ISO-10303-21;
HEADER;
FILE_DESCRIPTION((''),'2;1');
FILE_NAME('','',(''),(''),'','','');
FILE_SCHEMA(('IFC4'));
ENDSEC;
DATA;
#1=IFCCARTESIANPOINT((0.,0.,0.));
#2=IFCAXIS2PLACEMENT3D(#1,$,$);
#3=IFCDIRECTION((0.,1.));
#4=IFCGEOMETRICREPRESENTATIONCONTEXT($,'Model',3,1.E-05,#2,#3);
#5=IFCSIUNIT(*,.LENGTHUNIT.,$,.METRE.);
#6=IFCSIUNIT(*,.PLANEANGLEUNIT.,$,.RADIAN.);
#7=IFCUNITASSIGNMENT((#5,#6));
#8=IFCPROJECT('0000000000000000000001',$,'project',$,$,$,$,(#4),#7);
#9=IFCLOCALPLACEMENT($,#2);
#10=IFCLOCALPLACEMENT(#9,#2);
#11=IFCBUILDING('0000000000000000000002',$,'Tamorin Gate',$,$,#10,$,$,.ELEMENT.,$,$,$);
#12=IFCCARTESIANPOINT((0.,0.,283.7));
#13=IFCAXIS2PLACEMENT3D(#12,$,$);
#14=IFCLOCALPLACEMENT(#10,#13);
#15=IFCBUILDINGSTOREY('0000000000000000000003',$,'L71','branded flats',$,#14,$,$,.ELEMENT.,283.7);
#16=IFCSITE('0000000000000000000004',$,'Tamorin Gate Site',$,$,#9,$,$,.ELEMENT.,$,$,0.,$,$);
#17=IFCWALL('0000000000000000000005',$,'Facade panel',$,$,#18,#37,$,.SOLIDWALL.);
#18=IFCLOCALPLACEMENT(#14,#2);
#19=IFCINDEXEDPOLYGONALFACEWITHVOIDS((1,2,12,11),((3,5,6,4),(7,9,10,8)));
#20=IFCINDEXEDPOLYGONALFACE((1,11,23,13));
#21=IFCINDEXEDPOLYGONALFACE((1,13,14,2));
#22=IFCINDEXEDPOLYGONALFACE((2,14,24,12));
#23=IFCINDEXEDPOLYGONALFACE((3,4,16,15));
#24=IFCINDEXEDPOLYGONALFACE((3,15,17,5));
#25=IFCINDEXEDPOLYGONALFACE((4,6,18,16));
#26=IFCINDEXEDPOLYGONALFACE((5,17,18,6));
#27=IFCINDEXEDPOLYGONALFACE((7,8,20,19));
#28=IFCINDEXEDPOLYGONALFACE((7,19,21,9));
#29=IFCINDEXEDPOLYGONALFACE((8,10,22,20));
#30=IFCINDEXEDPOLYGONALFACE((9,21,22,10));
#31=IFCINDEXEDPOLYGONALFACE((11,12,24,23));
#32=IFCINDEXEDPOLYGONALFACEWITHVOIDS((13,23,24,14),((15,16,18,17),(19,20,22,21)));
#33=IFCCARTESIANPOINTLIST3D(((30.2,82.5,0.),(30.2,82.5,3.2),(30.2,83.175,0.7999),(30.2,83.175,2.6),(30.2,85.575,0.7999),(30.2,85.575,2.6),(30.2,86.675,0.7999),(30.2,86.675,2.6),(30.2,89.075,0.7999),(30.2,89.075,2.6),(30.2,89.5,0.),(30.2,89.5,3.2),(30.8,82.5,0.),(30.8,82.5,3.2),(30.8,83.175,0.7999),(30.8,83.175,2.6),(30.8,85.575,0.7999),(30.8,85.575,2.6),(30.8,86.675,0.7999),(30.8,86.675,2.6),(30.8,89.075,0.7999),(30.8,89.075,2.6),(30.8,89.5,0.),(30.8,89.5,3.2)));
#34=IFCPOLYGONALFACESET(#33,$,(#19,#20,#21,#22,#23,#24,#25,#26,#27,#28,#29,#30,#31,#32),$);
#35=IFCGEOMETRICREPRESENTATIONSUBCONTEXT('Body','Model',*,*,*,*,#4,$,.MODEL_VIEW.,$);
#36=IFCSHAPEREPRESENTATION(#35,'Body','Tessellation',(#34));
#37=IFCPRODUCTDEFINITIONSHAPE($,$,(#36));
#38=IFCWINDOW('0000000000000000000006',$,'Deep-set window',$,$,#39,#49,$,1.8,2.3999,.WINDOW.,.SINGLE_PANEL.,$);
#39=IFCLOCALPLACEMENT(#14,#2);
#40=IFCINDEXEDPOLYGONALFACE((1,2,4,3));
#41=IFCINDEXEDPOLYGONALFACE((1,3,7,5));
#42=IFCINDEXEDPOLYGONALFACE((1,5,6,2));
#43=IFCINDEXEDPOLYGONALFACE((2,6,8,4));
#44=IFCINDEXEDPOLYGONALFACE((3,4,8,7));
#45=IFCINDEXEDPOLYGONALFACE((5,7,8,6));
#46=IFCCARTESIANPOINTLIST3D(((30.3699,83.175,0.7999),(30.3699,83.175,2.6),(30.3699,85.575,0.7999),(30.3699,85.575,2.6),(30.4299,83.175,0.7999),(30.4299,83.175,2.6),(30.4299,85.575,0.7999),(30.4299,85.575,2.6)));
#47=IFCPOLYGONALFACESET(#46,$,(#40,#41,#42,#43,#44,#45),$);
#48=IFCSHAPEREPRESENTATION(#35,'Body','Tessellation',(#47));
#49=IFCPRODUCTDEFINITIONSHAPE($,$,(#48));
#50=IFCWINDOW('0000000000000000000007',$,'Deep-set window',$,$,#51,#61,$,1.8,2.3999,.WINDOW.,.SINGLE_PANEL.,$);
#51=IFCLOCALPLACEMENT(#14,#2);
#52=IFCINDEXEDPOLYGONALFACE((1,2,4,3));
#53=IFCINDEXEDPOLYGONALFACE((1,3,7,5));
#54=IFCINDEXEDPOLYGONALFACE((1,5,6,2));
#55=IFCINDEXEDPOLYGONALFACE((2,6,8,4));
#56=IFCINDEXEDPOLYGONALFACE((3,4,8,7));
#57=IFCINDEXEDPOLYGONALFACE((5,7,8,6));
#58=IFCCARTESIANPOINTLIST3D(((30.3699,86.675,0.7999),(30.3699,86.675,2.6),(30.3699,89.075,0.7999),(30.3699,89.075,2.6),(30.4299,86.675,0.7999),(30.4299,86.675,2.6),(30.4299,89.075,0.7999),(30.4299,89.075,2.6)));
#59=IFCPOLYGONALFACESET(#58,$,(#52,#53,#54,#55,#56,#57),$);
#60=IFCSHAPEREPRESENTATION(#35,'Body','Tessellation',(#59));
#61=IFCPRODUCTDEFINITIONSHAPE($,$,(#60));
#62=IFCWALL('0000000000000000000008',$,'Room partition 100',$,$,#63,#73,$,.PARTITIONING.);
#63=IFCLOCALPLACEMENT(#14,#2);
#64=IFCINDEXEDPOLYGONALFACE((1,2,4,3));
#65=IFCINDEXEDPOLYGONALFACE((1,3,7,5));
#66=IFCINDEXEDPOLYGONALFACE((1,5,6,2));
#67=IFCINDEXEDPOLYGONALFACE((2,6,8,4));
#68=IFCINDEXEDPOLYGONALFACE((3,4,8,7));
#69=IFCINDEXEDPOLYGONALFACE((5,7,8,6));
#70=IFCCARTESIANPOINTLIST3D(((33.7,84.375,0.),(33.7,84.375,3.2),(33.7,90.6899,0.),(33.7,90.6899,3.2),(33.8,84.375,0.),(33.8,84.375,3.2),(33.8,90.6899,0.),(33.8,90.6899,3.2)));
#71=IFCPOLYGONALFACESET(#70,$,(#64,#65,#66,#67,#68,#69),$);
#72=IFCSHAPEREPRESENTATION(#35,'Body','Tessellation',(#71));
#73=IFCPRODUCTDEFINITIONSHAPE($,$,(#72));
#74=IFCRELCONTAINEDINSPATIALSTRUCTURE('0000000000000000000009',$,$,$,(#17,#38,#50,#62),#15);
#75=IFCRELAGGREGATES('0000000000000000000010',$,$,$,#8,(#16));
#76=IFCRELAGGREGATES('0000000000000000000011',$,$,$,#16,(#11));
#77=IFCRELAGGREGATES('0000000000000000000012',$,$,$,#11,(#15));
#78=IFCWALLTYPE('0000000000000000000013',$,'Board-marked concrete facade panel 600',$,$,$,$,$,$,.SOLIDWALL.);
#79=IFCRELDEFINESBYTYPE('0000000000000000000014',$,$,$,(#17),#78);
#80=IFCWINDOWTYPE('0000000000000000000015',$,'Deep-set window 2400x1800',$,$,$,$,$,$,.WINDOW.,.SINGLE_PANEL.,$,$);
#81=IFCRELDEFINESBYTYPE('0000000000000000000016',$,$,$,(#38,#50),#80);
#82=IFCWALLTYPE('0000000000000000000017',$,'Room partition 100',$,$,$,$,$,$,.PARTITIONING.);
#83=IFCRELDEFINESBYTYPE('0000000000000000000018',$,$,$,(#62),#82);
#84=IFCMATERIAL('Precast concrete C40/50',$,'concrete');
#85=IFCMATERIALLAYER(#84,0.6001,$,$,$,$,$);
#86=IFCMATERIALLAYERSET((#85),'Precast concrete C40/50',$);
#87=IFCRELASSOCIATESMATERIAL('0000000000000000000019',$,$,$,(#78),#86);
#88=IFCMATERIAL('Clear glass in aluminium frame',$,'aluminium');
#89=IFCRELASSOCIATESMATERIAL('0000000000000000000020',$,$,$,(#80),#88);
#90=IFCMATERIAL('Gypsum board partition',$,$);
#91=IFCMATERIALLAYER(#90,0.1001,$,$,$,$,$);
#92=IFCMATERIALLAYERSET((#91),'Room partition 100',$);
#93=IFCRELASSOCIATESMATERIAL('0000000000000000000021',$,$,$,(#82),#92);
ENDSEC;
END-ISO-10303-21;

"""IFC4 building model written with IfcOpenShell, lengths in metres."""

from ifc_helpers import new_model, si_unit, direction, frame, frame_2d, origin, place, context, subcontext, project, spatial, rectangle, extrude, material, layer, layer_set, type_object, element, fill, save


model = new_model("IFC4")

# Units and contexts
model_context = context("Model", 3, precision=1e-05, world=origin(), true_north=direction((0.0, 1.0)))
body_context = subcontext(model_context, "Body", "Model", "MODEL_VIEW")
ifc_project = project(units=[si_unit("LENGTHUNIT", "METRE"), si_unit("PLANEANGLEUNIT", "RADIAN")], contexts=[model_context])

# Site, building, storey
site_placement = place(None, origin())
site = spatial("IfcSite", under=ifc_project, at=site_placement, Name="Tamorin Gate Site", CompositionType="ELEMENT", RefElevation=0.0)
building_placement = place(site_placement, origin())
building = spatial("IfcBuilding", under=site, at=building_placement, Name="Tamorin Gate", CompositionType="ELEMENT")
storey_placement = place(building_placement, frame((0.0, 0.0, 283.7)))
storey = spatial("IfcBuildingStorey", under=building, at=storey_placement, Name="L71", Description="branded flats", CompositionType="ELEMENT", Elevation=283.7)

# Shared definitions
ifc_material_1 = material(Name="Precast concrete C40/50", Category="concrete")
ifc_layer_1 = layer(ifc_material_1, 0.6001)
ifc_layer_set_1 = layer_set([ifc_layer_1], Name="Precast concrete C40/50")
wall_type_1 = type_object("IfcWallType", Name="Board-marked concrete facade panel 600", PredefinedType="SOLIDWALL", material=ifc_layer_set_1)

# Shared definitions
ifc_material_2 = material(Name="Clear glass in aluminium frame", Category="aluminium")
window_type_1 = type_object("IfcWindowType", Name="Deep-set window 2400x1800", PartitioningType="SINGLE_PANEL", PredefinedType="WINDOW", material=ifc_material_2)

# Wall, openings, windows
wall_1_placement = place(storey_placement, frame((30.5, 89.5, 0.0), z_axis=(0.0, 0.0, 1.0), x_axis=(0.0, -1.0, 0.0)))
wall_1 = element("IfcWall", 1, at=wall_1_placement, inside=storey, type_object=wall_type_1, Name="Facade panel", PredefinedType="SOLIDWALL", context=body_context, shape_type="SweptSolid", body=[
    extrude(rectangle(XDim=7.0, YDim=0.6001, at=frame_2d((3.5, 0.0))), origin(), (0.0, 0.0, 1.0), 3.2),
])
opening_1_placement = place(wall_1_placement, frame((3.925, 0.0, 0.8)))
opening_1 = element("IfcOpeningElement", 2, at=opening_1_placement, cuts=wall_1, PredefinedType="OPENING", context=body_context, shape_type="SweptSolid", body=[
    extrude(rectangle(XDim=2.3999, YDim=1.8, at=frame_2d((1.2, 0.8999))), frame((0.0, 0.3101, 0.0), z_axis=(0.0, -1.0, 0.0), x_axis=(1.0, 0.0, 0.0)), (0.0, 0.0, 1.0), 0.6201),
])
opening_2_placement = place(wall_1_placement, frame((0.425, 0.0, 0.8)))
opening_2 = element("IfcOpeningElement", 3, at=opening_2_placement, cuts=wall_1, PredefinedType="OPENING", context=body_context, shape_type="SweptSolid", body=[
    extrude(rectangle(XDim=2.3999, YDim=1.8, at=frame_2d((1.2, 0.8999))), frame((0.0, 0.3101, 0.0), z_axis=(0.0, -1.0, 0.0), x_axis=(1.0, 0.0, 0.0)), (0.0, 0.0, 1.0), 0.6201),
])
window_1_placement = place(opening_1_placement, origin())
window_1 = element("IfcWindow", 4, at=window_1_placement, inside=storey, type_object=window_type_1, Name="Deep-set window", OverallHeight=1.8, OverallWidth=2.3999, PartitioningType="SINGLE_PANEL", PredefinedType="WINDOW", context=body_context, shape_type="SweptSolid", body=[
    extrude(rectangle(XDim=2.3999, YDim=1.8, at=frame_2d((1.2, 0.8999))), frame((0.0, -0.0701, 0.0), z_axis=(0.0, -1.0, 0.0), x_axis=(1.0, 0.0, 0.0)), (0.0, 0.0, 1.0), 0.0601),
])
fill(opening_1, window_1)
window_2_placement = place(opening_2_placement, origin())
window_2 = element("IfcWindow", 5, at=window_2_placement, inside=storey, type_object=window_type_1, Name="Deep-set window", OverallHeight=1.8, OverallWidth=2.3999, PartitioningType="SINGLE_PANEL", PredefinedType="WINDOW", context=body_context, shape_type="SweptSolid", body=[
    extrude(rectangle(XDim=2.3999, YDim=1.8, at=frame_2d((1.2, 0.8999))), frame((0.0, -0.0701, 0.0), z_axis=(0.0, -1.0, 0.0), x_axis=(1.0, 0.0, 0.0)), (0.0, 0.0, 1.0), 0.0601),
])
fill(opening_2, window_2)

# Wall
ifc_material_3 = material(Name="Gypsum board partition")
ifc_layer_2 = layer(ifc_material_3, 0.1001)
ifc_layer_set_2 = layer_set([ifc_layer_2], Name="Room partition 100")
wall_type_2 = type_object("IfcWallType", Name="Room partition 100", PredefinedType="PARTITIONING", material=ifc_layer_set_2)
wall_2_placement = place(storey_placement, frame((33.75, 84.375, 0.0), z_axis=(0.0, 0.0, 1.0), x_axis=(0.0, 1.0, 0.0)))
element("IfcWall", 6, at=wall_2_placement, inside=storey, type_object=wall_type_2, Name="Room partition 100", PredefinedType="PARTITIONING", context=body_context, shape_type="SweptSolid", body=[
    extrude(rectangle(XDim=6.3149, YDim=0.1001, at=frame_2d((3.1575, 0.0))), origin(), (0.0, 0.0, 1.0), 3.2),
])

save(model, "model.ifc")
